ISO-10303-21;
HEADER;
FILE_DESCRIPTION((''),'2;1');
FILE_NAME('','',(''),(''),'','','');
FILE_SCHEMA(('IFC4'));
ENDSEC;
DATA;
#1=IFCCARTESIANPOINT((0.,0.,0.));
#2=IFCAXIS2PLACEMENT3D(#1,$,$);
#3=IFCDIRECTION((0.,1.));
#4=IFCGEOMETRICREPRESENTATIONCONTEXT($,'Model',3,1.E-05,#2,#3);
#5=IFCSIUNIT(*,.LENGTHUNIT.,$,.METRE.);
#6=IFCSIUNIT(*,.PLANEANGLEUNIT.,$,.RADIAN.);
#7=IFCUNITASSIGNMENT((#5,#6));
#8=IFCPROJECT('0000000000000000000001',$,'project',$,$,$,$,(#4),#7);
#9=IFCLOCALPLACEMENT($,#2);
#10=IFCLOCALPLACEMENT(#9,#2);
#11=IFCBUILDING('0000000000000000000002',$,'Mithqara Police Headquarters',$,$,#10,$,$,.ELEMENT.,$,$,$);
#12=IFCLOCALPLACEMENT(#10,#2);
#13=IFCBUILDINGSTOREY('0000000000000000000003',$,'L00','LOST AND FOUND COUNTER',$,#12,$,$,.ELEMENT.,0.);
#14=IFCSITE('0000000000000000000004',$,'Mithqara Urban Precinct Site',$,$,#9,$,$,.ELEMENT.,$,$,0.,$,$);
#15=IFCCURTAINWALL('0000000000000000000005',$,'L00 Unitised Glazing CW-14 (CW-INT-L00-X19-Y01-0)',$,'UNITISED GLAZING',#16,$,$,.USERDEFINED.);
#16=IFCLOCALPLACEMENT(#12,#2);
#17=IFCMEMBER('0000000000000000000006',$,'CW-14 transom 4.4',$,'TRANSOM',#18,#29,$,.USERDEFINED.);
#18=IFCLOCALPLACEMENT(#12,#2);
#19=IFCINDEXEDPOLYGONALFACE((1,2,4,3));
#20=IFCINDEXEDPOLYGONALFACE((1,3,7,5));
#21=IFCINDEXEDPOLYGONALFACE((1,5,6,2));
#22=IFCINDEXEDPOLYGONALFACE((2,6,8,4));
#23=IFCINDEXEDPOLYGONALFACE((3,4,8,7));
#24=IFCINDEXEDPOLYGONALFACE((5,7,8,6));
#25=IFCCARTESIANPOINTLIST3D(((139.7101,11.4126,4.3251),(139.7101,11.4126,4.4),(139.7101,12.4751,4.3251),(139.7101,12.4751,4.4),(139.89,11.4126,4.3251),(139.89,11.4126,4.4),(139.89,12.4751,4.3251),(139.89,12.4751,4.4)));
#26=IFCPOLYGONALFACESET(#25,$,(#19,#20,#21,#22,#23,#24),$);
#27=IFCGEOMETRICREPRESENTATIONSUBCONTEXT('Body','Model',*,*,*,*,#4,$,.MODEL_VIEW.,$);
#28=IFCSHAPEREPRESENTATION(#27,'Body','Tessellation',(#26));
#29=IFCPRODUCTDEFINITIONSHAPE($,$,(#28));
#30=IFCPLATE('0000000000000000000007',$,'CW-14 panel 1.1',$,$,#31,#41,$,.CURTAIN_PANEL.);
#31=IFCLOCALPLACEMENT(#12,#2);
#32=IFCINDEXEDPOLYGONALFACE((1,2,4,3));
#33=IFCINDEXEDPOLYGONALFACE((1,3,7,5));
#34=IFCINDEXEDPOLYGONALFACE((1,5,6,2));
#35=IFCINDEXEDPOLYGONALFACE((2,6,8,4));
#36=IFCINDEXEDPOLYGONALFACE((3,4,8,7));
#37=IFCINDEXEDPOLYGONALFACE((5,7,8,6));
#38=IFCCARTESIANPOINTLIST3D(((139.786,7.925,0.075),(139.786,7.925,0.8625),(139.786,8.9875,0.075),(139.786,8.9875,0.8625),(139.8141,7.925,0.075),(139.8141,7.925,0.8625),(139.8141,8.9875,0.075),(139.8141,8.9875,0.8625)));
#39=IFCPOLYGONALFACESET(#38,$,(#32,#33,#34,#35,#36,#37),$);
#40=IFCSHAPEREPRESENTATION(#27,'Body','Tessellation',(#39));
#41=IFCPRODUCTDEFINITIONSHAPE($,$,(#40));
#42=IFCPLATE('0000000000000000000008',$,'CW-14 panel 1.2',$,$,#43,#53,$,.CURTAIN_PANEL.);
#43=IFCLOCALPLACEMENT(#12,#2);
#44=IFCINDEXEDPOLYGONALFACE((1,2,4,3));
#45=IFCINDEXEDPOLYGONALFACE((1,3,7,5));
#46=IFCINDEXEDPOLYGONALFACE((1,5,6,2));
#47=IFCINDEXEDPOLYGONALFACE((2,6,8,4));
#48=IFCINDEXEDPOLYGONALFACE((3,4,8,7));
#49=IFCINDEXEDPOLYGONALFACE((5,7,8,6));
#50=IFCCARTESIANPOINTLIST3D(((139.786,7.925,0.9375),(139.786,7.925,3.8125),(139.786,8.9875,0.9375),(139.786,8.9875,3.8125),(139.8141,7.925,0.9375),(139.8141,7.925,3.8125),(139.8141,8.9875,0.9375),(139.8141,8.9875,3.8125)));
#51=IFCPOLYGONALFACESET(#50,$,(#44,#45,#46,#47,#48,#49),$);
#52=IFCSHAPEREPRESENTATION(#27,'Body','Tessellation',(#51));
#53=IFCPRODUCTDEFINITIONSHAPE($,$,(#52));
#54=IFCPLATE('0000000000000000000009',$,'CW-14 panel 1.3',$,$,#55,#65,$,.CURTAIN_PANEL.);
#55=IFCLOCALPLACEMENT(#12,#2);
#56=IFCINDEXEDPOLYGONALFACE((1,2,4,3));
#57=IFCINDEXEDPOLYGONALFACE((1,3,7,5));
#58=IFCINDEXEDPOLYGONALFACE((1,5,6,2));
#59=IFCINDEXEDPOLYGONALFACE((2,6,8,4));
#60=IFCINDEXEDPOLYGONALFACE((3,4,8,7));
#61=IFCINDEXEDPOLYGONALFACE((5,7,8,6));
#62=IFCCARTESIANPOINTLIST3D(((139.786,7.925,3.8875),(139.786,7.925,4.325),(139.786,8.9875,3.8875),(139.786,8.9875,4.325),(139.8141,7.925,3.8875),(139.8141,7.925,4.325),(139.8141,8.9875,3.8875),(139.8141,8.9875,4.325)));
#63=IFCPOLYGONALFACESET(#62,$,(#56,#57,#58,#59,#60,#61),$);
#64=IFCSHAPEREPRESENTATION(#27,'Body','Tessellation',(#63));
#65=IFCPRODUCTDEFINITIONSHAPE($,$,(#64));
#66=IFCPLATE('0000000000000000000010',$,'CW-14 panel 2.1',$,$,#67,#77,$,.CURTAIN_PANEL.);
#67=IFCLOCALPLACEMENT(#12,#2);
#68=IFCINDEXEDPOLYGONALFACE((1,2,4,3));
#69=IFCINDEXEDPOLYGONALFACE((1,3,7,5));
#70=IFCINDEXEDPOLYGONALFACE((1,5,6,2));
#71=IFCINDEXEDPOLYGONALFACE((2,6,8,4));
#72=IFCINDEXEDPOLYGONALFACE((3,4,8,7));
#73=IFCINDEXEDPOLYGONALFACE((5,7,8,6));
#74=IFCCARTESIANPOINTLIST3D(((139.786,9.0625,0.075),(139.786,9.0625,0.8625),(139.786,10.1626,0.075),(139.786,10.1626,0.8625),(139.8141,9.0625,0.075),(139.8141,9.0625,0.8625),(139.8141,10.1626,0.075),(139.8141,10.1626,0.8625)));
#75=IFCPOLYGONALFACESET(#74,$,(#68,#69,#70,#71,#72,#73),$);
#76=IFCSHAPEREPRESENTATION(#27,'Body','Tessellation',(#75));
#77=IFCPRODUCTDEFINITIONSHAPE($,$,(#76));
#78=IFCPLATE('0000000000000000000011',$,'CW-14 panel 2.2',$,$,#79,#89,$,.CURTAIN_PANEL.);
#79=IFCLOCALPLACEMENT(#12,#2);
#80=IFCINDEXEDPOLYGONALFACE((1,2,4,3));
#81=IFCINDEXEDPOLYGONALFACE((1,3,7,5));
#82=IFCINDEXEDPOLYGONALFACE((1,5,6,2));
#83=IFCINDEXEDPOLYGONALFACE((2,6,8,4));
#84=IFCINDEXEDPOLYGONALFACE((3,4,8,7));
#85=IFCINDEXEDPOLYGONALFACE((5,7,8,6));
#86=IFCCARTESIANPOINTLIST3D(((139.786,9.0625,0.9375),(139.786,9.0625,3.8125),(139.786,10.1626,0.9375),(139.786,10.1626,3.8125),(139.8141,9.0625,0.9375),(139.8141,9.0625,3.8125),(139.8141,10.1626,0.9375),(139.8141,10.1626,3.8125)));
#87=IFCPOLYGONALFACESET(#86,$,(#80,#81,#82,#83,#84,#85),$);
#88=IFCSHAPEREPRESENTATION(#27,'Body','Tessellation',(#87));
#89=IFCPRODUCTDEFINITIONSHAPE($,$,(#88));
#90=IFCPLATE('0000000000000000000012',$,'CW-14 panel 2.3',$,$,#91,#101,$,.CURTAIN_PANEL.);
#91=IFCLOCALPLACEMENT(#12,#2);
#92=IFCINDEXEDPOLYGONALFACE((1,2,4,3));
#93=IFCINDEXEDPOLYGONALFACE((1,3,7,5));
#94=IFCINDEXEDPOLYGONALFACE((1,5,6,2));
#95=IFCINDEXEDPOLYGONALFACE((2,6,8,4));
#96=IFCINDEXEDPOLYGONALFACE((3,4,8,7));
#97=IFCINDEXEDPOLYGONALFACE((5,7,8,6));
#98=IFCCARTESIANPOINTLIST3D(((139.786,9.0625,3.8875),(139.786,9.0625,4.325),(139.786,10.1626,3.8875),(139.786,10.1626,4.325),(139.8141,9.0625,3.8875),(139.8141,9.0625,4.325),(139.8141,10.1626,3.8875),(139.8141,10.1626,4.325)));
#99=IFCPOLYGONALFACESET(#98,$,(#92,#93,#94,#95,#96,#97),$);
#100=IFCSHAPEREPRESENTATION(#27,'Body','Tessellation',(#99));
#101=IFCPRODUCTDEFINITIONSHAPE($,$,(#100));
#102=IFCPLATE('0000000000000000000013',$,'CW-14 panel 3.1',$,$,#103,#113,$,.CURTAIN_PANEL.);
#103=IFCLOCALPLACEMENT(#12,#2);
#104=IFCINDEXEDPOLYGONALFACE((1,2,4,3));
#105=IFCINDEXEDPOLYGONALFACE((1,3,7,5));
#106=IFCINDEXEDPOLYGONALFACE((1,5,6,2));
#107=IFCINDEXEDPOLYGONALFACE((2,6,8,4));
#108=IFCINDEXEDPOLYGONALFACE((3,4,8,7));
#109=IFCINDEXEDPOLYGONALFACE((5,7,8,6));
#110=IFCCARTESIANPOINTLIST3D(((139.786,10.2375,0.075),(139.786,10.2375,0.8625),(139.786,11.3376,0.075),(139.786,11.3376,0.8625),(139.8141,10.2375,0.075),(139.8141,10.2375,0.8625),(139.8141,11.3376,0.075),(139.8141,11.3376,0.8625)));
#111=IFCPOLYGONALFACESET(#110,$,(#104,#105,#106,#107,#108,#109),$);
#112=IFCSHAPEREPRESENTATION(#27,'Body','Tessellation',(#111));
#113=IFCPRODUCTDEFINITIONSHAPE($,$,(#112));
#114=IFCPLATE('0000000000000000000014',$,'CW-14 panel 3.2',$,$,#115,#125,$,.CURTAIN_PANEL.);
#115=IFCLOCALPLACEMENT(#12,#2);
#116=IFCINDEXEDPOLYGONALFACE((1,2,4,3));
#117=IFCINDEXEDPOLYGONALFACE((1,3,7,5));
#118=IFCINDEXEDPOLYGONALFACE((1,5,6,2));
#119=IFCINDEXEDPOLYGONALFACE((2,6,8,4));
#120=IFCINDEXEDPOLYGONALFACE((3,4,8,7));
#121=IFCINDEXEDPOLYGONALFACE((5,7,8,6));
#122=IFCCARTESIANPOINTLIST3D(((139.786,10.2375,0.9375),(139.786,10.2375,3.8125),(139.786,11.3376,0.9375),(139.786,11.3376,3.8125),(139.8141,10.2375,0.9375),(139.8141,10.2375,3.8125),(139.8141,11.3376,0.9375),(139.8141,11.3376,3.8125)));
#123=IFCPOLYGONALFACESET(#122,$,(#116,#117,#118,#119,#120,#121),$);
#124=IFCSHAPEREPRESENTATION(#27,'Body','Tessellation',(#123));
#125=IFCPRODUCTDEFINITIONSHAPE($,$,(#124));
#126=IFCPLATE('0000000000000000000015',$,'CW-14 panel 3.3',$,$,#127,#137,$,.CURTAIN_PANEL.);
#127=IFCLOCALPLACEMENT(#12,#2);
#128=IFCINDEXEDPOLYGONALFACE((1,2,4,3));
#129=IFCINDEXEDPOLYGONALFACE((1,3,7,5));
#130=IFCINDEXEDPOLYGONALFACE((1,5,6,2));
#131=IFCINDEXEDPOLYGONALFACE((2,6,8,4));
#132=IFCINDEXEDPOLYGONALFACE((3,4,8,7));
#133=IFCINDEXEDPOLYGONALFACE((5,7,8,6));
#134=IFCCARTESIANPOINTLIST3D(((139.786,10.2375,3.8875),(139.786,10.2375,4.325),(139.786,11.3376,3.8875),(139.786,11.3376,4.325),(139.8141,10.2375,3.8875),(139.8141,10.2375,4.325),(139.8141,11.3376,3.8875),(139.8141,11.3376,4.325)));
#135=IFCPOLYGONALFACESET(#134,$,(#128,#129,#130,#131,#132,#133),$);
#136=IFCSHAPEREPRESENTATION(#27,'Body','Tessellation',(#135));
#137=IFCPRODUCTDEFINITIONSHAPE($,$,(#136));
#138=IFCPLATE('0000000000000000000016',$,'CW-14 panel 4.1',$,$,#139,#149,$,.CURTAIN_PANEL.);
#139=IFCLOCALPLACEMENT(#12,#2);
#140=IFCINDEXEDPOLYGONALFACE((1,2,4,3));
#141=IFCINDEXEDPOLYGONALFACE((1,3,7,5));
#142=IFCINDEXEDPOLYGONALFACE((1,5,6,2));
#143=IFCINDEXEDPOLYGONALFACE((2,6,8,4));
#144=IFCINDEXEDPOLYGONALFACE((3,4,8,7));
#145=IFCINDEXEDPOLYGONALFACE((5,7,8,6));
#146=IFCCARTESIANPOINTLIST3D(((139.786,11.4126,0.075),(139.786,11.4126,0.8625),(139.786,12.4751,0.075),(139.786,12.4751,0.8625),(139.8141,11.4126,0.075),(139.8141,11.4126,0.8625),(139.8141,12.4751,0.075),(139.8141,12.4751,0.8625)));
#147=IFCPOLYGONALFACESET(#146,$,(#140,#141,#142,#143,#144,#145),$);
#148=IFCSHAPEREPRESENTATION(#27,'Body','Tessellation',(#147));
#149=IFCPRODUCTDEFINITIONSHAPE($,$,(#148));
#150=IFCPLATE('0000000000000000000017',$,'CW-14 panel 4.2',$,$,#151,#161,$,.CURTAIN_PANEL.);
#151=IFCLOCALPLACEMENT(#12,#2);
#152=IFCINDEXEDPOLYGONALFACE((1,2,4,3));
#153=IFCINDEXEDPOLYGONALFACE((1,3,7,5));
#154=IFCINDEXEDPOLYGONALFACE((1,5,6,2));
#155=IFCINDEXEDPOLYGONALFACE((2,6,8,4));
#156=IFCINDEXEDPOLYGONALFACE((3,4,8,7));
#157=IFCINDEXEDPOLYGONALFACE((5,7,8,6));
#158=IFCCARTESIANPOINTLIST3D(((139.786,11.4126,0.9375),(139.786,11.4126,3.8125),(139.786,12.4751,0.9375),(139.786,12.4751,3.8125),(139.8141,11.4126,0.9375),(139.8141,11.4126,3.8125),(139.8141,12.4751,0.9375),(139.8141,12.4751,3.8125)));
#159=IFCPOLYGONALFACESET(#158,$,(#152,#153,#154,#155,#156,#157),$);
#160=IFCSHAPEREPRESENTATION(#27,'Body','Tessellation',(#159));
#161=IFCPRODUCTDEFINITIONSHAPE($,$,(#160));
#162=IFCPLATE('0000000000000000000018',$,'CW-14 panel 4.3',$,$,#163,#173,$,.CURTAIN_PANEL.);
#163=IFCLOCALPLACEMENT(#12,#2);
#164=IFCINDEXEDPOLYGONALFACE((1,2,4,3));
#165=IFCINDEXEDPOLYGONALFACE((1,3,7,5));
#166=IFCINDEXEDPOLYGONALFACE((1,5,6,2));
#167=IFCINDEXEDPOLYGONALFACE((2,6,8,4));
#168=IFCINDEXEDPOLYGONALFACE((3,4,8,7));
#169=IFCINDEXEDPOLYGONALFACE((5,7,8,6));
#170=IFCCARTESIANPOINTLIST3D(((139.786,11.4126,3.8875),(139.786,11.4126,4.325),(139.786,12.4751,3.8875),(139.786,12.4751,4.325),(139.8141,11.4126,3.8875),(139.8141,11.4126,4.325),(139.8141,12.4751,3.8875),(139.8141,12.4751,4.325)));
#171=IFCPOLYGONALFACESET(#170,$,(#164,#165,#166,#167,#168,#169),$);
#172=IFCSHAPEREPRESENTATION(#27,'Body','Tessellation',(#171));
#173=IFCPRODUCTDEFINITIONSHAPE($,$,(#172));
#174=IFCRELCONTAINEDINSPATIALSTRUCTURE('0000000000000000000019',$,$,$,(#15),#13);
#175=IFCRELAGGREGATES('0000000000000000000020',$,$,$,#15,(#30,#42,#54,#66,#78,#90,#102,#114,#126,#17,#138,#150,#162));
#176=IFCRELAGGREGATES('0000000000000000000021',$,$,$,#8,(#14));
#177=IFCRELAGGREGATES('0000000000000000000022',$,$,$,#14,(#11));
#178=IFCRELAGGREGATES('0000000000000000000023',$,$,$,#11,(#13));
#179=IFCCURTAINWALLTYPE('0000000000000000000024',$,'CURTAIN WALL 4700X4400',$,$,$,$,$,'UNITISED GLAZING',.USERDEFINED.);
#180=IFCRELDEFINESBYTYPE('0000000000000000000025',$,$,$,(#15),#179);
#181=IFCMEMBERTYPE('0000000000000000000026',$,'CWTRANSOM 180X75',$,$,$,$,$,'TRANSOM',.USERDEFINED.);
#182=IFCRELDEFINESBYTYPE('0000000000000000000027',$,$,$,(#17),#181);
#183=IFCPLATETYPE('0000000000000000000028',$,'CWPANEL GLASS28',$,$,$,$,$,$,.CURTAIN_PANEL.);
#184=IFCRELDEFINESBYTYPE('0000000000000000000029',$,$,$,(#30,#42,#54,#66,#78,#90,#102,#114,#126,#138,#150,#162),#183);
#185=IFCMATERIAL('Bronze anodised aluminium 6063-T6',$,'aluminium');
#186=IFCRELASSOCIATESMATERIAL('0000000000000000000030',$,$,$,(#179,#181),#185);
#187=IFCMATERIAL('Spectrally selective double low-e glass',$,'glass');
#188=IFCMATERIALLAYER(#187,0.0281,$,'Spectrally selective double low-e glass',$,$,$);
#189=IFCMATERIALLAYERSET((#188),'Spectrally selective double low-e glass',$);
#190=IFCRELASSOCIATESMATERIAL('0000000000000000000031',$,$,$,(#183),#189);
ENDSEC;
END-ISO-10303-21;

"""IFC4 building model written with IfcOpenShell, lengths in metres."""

from ifc_helpers import new_model, si_unit, direction, frame, origin, origin_2d, place, context, subcontext, project, spatial, rectangle, extrude, material, layer, layer_set, material_profile, profile_set, type_object, element, aggregate, save


model = new_model("IFC4")

# Units and contexts
model_context = context("Model", 3, precision=1e-05, world=origin(), true_north=direction((0.0, 1.0)))
body_context = subcontext(model_context, "Body", "Model", "MODEL_VIEW")
ifc_project = project(units=[si_unit("LENGTHUNIT", "METRE"), si_unit("PLANEANGLEUNIT", "RADIAN")], contexts=[model_context])

# Site, building, storey
site_placement = place(None, origin())
site = spatial("IfcSite", under=ifc_project, at=site_placement, Name="Mithqara Urban Precinct Site", CompositionType="ELEMENT", RefElevation=0.0)
building_placement = place(site_placement, origin())
building = spatial("IfcBuilding", under=site, at=building_placement, Name="Mithqara Police Headquarters", CompositionType="ELEMENT")
storey_placement = place(building_placement, origin())
storey = spatial("IfcBuildingStorey", under=building, at=storey_placement, Name="L00", Description="LOST AND FOUND COUNTER", CompositionType="ELEMENT", Elevation=0.0)

# Curtain wall, member, plates
ifc_material_1 = material(Name="Bronze anodised aluminium 6063-T6", Category="aluminium")
curtain_wall_type = type_object("IfcCurtainWallType", Name="CURTAIN WALL 4700X4400", ElementType="UNITISED GLAZING", PredefinedType="USERDEFINED", material=ifc_material_1)
curtain_wall_placement = place(storey_placement, origin())
curtain_wall = element("IfcCurtainWall", 1, at=curtain_wall_placement, inside=storey, type_object=curtain_wall_type, Name="L00 Unitised Glazing CW-14 (CW-INT-L00-X19-Y01-0)", ObjectType="UNITISED GLAZING", PredefinedType="USERDEFINED")
ifc_material_profile_1 = material_profile(ifc_material_1, rectangle(XDim=0.1799, YDim=0.075, at=origin_2d()), Name="CWT 180x75")
ifc_profile_set_1 = profile_set([ifc_material_profile_1], Name="Bronze anodised aluminium 6063-T6")
member_type_1 = type_object("IfcMemberType", Name="CWTRANSOM 180X75", ElementType="TRANSOM", PredefinedType="USERDEFINED", material=ifc_profile_set_1)
member_1_placement = place(storey_placement, frame((139.8, 11.4126, 4.3625), z_axis=(0.0, 1.0, 0.0), x_axis=(-1.0, 0.0, 0.0)))
member_1 = element("IfcMember", 2, at=member_1_placement, type_object=member_type_1, Name="CW-14 transom 4.4", ObjectType="TRANSOM", PredefinedType="USERDEFINED", context=body_context, shape_type="SweptSolid", body=[
    extrude(rectangle(XDim=0.1799, YDim=0.075, at=origin_2d()), origin(), (0.0, 0.0, 1.0), 1.0625),
])
ifc_material_2 = material(Name="Spectrally selective double low-e glass", Category="glass")
ifc_layer_1 = layer(ifc_material_2, 0.0281, Name="Spectrally selective double low-e glass")
ifc_layer_set_1 = layer_set([ifc_layer_1], Name="Spectrally selective double low-e glass")
plate_type = type_object("IfcPlateType", Name="CWPANEL GLASS28", PredefinedType="CURTAIN_PANEL", material=ifc_layer_set_1)
plate_1_placement = place(storey_placement, frame((139.8, 8.4563, 0.075), z_axis=(0.0, 0.0, 1.0), x_axis=(0.0, 1.0, 0.0)))
plate_1 = element("IfcPlate", 3, at=plate_1_placement, type_object=plate_type, Name="CW-14 panel 1.1", PredefinedType="CURTAIN_PANEL", context=body_context, shape_type="SweptSolid", body=[
    extrude(rectangle(XDim=1.0625, YDim=0.0281, at=origin_2d()), origin(), (0.0, 0.0, 1.0), 0.7876),
])
plate_2_placement = place(storey_placement, frame((139.8, 8.4563, 0.9375), z_axis=(0.0, 0.0, 1.0), x_axis=(0.0, 1.0, 0.0)))
plate_2 = element("IfcPlate", 4, at=plate_2_placement, type_object=plate_type, Name="CW-14 panel 1.2", PredefinedType="CURTAIN_PANEL", context=body_context, shape_type="SweptSolid", body=[
    extrude(rectangle(XDim=1.0625, YDim=0.0281, at=origin_2d()), origin(), (0.0, 0.0, 1.0), 2.875),
])
plate_3_placement = place(storey_placement, frame((139.8, 8.4563, 3.8875), z_axis=(0.0, 0.0, 1.0), x_axis=(0.0, 1.0, 0.0)))
plate_3 = element("IfcPlate", 5, at=plate_3_placement, type_object=plate_type, Name="CW-14 panel 1.3", PredefinedType="CURTAIN_PANEL", context=body_context, shape_type="SweptSolid", body=[
    extrude(rectangle(XDim=1.0625, YDim=0.0281, at=origin_2d()), origin(), (0.0, 0.0, 1.0), 0.4375),
])
plate_4_placement = place(storey_placement, frame((139.8, 9.6125, 0.075), z_axis=(0.0, 0.0, 1.0), x_axis=(0.0, 1.0, 0.0)))
plate_4 = element("IfcPlate", 6, at=plate_4_placement, type_object=plate_type, Name="CW-14 panel 2.1", PredefinedType="CURTAIN_PANEL", context=body_context, shape_type="SweptSolid", body=[
    extrude(rectangle(XDim=1.1001, YDim=0.0281, at=origin_2d()), origin(), (0.0, 0.0, 1.0), 0.7876),
])
plate_5_placement = place(storey_placement, frame((139.8, 9.6125, 0.9375), z_axis=(0.0, 0.0, 1.0), x_axis=(0.0, 1.0, 0.0)))
plate_5 = element("IfcPlate", 7, at=plate_5_placement, type_object=plate_type, Name="CW-14 panel 2.2", PredefinedType="CURTAIN_PANEL", context=body_context, shape_type="SweptSolid", body=[
    extrude(rectangle(XDim=1.1001, YDim=0.0281, at=origin_2d()), origin(), (0.0, 0.0, 1.0), 2.875),
])
plate_6_placement = place(storey_placement, frame((139.8, 9.6125, 3.8875), z_axis=(0.0, 0.0, 1.0), x_axis=(0.0, 1.0, 0.0)))
plate_6 = element("IfcPlate", 8, at=plate_6_placement, type_object=plate_type, Name="CW-14 panel 2.3", PredefinedType="CURTAIN_PANEL", context=body_context, shape_type="SweptSolid", body=[
    extrude(rectangle(XDim=1.1001, YDim=0.0281, at=origin_2d()), origin(), (0.0, 0.0, 1.0), 0.4375),
])
plate_7_placement = place(storey_placement, frame((139.8, 10.7876, 0.075), z_axis=(0.0, 0.0, 1.0), x_axis=(0.0, 1.0, 0.0)))
plate_7 = element("IfcPlate", 9, at=plate_7_placement, type_object=plate_type, Name="CW-14 panel 3.1", PredefinedType="CURTAIN_PANEL", context=body_context, shape_type="SweptSolid", body=[
    extrude(rectangle(XDim=1.1001, YDim=0.0281, at=origin_2d()), origin(), (0.0, 0.0, 1.0), 0.7876),
])
plate_8_placement = place(storey_placement, frame((139.8, 10.7876, 0.9375), z_axis=(0.0, 0.0, 1.0), x_axis=(0.0, 1.0, 0.0)))
plate_8 = element("IfcPlate", 10, at=plate_8_placement, type_object=plate_type, Name="CW-14 panel 3.2", PredefinedType="CURTAIN_PANEL", context=body_context, shape_type="SweptSolid", body=[
    extrude(rectangle(XDim=1.1001, YDim=0.0281, at=origin_2d()), origin(), (0.0, 0.0, 1.0), 2.875),
])
plate_9_placement = place(storey_placement, frame((139.8, 10.7876, 3.8875), z_axis=(0.0, 0.0, 1.0), x_axis=(0.0, 1.0, 0.0)))
plate_9 = element("IfcPlate", 11, at=plate_9_placement, type_object=plate_type, Name="CW-14 panel 3.3", PredefinedType="CURTAIN_PANEL", context=body_context, shape_type="SweptSolid", body=[
    extrude(rectangle(XDim=1.1001, YDim=0.0281, at=origin_2d()), origin(), (0.0, 0.0, 1.0), 0.4375),
])
plate_10_placement = place(storey_placement, frame((139.8, 11.9438, 0.075), z_axis=(0.0, 0.0, 1.0), x_axis=(0.0, 1.0, 0.0)))
plate_10 = element("IfcPlate", 12, at=plate_10_placement, type_object=plate_type, Name="CW-14 panel 4.1", PredefinedType="CURTAIN_PANEL", context=body_context, shape_type="SweptSolid", body=[
    extrude(rectangle(XDim=1.0625, YDim=0.0281, at=origin_2d()), origin(), (0.0, 0.0, 1.0), 0.7876),
])
plate_11_placement = place(storey_placement, frame((139.8, 11.9438, 0.9375), z_axis=(0.0, 0.0, 1.0), x_axis=(0.0, 1.0, 0.0)))
plate_11 = element("IfcPlate", 13, at=plate_11_placement, type_object=plate_type, Name="CW-14 panel 4.2", PredefinedType="CURTAIN_PANEL", context=body_context, shape_type="SweptSolid", body=[
    extrude(rectangle(XDim=1.0625, YDim=0.0281, at=origin_2d()), origin(), (0.0, 0.0, 1.0), 2.875),
])
plate_12_placement = place(storey_placement, frame((139.8, 11.9438, 3.8875), z_axis=(0.0, 0.0, 1.0), x_axis=(0.0, 1.0, 0.0)))
plate_12 = element("IfcPlate", 14, at=plate_12_placement, type_object=plate_type, Name="CW-14 panel 4.3", PredefinedType="CURTAIN_PANEL", context=body_context, shape_type="SweptSolid", body=[
    extrude(rectangle(XDim=1.0625, YDim=0.0281, at=origin_2d()), origin(), (0.0, 0.0, 1.0), 0.4375),
])
aggregate(curtain_wall, [plate_1, plate_2, plate_3, plate_4, plate_5, plate_6, plate_7, plate_8, plate_9, member_1, plate_10, plate_11, plate_12])

save(model, "model.ifc")
